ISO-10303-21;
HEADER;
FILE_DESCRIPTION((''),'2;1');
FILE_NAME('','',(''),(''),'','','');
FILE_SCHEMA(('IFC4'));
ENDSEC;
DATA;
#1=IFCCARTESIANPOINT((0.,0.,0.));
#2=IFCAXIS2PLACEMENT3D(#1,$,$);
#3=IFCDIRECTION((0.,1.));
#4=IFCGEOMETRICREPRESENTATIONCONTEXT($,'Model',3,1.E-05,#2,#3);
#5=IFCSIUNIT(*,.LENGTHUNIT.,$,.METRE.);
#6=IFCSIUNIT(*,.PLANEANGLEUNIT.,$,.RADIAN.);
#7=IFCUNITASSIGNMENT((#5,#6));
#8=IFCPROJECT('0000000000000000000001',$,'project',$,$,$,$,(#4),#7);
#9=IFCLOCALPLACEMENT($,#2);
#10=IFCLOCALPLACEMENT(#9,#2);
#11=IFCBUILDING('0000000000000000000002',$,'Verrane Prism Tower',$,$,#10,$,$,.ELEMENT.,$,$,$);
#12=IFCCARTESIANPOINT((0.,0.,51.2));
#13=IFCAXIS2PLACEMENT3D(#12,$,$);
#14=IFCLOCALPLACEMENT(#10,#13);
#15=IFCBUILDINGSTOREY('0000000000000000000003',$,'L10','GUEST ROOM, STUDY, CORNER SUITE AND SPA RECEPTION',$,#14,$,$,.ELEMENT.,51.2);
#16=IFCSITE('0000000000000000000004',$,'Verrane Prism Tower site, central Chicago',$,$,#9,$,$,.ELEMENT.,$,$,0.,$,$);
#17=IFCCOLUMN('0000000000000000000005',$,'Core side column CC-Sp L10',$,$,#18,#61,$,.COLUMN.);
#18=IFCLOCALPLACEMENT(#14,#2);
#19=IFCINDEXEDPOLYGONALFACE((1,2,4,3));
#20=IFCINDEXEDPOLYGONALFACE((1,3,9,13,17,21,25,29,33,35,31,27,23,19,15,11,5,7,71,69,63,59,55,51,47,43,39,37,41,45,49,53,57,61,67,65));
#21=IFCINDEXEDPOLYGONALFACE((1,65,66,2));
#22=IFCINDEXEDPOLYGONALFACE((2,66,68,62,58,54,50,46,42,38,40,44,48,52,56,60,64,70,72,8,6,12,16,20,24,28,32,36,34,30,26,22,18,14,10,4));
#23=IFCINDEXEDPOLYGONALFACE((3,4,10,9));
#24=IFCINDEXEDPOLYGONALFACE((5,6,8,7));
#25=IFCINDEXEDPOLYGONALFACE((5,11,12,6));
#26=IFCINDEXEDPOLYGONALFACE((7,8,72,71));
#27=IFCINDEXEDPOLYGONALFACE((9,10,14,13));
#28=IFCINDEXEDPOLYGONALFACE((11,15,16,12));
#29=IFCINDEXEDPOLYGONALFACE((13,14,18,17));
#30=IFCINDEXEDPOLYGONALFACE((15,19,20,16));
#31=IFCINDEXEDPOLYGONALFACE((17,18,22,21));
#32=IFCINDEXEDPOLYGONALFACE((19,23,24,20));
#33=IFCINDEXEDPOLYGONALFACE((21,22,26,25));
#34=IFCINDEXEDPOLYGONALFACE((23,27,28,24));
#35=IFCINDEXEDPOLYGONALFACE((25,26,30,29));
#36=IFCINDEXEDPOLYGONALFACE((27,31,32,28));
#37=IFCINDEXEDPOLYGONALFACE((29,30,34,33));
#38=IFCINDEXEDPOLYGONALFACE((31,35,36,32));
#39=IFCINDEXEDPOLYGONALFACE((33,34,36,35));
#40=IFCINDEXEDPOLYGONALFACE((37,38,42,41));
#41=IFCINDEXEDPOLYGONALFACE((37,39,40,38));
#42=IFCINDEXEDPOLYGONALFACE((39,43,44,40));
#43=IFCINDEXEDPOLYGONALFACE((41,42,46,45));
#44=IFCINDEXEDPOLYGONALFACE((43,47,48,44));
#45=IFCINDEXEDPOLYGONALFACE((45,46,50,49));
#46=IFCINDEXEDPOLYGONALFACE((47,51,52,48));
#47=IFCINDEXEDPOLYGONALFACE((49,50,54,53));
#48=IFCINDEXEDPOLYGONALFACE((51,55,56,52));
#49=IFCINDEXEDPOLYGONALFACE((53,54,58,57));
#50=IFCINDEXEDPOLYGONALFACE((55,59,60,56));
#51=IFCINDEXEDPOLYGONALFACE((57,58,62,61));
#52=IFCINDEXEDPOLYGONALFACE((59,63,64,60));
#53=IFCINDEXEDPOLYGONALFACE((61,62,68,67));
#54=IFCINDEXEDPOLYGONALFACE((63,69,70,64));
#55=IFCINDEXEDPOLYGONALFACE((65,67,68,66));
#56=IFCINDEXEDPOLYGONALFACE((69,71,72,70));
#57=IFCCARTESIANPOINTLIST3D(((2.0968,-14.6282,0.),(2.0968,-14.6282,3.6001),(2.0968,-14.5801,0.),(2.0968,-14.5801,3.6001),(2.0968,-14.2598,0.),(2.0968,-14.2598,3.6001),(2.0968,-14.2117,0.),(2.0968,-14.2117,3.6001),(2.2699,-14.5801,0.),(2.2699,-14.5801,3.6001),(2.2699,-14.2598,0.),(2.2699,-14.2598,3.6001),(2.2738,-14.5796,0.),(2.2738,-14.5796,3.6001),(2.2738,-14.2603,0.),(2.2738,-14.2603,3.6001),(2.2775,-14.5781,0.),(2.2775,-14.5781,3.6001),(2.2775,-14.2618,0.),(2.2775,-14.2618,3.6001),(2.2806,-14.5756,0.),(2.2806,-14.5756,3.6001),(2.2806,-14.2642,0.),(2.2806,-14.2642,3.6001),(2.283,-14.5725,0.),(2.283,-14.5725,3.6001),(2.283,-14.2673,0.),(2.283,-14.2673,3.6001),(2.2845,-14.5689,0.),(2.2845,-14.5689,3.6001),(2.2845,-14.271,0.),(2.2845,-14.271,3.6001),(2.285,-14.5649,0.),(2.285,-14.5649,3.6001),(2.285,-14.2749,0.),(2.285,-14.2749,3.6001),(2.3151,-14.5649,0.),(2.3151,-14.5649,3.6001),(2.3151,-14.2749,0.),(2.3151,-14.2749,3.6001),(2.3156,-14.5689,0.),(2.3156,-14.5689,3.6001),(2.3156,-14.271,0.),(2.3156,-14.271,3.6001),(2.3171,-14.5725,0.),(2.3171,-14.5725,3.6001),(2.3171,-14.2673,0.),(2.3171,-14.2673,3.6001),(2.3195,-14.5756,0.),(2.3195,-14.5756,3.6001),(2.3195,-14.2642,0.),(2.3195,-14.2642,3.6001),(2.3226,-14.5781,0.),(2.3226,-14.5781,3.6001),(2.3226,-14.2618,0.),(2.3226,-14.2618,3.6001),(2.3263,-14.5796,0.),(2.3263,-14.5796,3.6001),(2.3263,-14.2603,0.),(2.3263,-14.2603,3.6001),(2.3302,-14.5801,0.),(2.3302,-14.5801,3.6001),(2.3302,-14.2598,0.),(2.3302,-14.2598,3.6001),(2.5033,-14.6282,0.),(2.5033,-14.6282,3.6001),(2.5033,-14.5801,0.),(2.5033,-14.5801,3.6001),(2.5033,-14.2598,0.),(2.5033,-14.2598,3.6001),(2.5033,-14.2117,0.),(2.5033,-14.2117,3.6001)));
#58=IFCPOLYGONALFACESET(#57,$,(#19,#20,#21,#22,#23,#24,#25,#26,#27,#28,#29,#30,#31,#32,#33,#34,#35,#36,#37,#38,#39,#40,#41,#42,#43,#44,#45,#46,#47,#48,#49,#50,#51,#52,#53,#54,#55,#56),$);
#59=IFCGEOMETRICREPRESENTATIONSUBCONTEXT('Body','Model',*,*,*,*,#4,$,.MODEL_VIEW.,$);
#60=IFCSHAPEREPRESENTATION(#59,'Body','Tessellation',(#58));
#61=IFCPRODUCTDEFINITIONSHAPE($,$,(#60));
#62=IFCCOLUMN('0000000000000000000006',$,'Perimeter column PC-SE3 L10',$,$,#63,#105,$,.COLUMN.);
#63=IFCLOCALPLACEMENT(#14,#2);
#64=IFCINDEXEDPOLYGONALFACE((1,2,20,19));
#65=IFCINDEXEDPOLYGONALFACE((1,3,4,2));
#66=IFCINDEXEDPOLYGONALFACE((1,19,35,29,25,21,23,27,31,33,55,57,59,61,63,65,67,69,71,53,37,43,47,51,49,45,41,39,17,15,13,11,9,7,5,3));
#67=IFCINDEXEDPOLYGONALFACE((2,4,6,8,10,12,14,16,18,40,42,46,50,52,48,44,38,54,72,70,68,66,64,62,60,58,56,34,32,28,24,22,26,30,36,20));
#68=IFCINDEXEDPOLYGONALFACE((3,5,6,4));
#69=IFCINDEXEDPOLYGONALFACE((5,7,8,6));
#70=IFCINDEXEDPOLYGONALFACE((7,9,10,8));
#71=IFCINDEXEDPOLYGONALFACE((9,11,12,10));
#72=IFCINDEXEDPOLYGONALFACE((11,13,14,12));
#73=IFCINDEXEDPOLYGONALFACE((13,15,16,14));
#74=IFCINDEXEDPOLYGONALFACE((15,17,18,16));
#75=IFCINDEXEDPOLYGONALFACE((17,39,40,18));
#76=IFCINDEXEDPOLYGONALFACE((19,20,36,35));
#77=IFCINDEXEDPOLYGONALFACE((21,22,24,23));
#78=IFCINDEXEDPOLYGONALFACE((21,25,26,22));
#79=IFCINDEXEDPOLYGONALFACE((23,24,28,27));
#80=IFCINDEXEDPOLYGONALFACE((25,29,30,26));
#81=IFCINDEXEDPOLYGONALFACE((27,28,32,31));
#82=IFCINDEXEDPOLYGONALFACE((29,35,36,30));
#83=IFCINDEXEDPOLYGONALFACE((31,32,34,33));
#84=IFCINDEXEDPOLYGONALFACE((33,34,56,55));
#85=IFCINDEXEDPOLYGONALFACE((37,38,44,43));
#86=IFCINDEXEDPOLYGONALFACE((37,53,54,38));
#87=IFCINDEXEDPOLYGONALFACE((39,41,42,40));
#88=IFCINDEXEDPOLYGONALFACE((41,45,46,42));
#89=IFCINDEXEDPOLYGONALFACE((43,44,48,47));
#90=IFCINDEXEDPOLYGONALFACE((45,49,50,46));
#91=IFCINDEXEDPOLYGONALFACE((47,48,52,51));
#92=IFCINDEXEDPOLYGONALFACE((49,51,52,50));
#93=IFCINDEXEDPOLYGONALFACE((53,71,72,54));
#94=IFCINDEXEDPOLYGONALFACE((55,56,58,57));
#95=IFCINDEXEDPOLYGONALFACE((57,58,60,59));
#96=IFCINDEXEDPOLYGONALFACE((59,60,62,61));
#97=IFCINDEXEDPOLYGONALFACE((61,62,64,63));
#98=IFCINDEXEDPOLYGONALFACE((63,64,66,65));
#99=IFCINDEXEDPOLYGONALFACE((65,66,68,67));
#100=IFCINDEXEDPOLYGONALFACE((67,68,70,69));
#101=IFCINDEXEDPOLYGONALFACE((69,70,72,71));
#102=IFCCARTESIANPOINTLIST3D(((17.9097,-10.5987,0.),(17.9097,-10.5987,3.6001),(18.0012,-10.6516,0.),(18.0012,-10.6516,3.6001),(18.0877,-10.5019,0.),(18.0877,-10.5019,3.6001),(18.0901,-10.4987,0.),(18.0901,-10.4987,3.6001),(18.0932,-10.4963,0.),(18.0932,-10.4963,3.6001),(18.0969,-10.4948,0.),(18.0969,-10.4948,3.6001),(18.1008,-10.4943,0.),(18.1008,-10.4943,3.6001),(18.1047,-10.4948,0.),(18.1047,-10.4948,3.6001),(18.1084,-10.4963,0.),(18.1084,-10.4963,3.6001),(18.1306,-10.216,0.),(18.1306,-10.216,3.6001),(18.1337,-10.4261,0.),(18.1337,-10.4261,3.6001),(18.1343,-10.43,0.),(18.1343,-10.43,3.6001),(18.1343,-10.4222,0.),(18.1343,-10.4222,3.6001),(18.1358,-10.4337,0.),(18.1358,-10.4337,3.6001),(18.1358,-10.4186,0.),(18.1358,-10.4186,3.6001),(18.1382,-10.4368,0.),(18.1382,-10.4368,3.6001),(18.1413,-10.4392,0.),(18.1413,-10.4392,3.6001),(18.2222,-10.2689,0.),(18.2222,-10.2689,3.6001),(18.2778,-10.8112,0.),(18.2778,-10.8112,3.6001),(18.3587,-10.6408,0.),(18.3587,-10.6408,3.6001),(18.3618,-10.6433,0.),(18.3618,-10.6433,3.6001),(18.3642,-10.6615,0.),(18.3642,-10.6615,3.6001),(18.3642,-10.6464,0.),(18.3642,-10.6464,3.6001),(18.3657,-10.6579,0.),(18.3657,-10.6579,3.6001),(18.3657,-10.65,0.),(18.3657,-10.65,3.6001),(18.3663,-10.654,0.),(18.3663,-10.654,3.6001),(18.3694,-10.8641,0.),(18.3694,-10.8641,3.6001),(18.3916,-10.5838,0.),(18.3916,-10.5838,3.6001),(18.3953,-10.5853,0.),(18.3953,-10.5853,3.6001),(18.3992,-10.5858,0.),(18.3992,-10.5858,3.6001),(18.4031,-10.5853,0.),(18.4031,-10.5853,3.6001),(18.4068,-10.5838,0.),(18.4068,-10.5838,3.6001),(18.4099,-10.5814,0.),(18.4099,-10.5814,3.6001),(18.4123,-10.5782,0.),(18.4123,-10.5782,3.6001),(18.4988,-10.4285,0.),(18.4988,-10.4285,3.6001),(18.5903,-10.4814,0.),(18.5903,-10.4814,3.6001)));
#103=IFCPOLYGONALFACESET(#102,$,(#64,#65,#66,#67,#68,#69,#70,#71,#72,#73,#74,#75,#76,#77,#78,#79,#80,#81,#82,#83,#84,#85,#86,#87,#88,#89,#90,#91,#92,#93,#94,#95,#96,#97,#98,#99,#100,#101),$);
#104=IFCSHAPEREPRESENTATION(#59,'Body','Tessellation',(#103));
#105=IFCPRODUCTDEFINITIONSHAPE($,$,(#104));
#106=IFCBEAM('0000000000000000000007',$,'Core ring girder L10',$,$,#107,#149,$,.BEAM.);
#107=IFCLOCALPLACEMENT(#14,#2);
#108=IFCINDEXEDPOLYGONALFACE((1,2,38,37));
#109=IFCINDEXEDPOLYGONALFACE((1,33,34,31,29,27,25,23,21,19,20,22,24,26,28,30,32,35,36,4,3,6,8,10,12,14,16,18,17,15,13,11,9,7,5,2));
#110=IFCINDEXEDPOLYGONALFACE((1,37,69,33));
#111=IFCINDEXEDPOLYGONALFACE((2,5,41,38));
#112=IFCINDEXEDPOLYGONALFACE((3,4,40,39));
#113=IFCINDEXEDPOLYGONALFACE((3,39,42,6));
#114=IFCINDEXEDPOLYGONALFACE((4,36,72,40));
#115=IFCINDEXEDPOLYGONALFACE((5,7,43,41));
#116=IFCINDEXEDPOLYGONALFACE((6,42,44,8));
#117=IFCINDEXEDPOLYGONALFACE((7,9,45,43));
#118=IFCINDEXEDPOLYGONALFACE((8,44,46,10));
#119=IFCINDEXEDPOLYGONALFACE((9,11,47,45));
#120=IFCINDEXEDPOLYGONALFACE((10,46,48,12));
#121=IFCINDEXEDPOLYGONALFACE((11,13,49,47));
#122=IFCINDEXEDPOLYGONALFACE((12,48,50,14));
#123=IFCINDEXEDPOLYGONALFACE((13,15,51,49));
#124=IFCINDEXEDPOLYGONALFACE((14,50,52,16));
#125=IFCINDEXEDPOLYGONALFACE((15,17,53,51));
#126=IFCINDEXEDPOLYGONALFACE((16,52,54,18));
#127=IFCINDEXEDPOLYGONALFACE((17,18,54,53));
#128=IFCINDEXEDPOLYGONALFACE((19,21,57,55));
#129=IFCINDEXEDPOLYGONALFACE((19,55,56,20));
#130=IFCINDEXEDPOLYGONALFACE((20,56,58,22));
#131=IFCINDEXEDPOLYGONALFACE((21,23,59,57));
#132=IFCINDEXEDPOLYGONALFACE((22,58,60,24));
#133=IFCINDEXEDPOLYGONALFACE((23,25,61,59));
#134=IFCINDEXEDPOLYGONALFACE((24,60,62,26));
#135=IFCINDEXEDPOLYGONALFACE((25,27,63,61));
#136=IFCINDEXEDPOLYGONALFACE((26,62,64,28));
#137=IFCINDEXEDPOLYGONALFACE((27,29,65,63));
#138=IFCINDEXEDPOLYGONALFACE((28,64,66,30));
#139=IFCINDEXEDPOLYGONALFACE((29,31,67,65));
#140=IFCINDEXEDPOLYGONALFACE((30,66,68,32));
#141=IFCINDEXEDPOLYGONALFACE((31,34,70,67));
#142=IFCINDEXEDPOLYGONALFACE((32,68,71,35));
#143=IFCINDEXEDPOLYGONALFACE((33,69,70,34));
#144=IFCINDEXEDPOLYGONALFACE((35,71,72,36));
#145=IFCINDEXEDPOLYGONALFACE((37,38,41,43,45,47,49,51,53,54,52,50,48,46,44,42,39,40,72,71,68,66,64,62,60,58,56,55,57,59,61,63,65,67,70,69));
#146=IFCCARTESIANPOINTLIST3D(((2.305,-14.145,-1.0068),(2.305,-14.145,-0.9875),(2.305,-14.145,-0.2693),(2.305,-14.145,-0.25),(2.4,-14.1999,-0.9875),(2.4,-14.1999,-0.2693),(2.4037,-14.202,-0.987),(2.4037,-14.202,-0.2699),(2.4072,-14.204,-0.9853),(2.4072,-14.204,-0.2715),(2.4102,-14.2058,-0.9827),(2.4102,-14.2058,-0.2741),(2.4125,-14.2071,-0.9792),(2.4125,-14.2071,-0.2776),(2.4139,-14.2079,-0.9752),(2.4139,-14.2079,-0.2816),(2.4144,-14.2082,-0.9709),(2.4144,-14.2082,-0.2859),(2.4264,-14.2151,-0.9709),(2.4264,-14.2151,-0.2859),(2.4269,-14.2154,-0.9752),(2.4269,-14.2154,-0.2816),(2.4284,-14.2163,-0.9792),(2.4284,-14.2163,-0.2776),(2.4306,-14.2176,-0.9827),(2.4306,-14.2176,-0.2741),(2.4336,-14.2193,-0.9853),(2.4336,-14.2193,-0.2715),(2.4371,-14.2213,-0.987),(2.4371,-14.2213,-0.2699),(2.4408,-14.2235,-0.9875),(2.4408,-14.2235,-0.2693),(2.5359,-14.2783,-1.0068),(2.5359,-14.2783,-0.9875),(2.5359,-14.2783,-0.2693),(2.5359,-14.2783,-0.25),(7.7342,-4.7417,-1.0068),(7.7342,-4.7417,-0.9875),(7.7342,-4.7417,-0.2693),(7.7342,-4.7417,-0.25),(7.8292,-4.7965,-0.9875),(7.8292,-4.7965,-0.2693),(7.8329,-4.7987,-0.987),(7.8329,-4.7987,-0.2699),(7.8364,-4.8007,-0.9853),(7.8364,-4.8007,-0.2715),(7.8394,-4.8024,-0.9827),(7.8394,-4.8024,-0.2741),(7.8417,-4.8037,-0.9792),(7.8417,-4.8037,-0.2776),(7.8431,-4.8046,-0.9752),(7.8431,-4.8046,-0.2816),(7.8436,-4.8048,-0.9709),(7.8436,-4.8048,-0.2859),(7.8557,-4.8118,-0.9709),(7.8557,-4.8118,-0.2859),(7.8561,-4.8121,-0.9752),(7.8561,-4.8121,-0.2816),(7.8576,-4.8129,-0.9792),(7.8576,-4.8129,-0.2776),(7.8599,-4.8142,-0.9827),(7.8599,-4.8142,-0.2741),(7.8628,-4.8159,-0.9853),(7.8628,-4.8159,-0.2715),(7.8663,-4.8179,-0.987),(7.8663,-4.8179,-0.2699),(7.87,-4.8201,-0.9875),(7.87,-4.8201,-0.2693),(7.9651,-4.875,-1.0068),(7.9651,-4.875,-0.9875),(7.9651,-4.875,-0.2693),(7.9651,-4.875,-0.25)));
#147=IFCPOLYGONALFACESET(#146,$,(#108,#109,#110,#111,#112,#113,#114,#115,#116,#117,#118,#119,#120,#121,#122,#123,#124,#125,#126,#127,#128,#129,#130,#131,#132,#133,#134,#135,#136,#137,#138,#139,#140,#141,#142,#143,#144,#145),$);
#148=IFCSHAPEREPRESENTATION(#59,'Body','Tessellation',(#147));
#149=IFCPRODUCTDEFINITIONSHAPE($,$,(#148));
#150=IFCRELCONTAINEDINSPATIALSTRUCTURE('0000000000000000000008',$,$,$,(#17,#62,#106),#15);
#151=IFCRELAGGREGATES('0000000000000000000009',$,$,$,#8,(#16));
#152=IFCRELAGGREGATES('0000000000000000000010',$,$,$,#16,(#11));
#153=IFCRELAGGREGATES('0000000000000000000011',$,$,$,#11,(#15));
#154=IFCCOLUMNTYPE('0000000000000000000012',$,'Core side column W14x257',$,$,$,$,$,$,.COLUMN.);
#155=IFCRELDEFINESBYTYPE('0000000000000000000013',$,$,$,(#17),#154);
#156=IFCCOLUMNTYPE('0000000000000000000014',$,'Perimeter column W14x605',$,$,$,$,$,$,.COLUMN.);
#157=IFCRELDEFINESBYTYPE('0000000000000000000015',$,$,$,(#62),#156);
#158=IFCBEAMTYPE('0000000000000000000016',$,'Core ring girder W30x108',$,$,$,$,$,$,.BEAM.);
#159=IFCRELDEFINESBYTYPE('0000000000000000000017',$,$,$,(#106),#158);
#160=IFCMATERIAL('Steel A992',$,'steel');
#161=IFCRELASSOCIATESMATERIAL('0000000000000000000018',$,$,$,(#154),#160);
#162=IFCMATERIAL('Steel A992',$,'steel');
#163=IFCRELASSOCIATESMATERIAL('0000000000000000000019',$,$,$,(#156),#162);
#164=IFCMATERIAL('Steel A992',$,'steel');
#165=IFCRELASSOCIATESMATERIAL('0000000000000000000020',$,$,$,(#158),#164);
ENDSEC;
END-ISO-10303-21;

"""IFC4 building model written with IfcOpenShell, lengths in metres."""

from ifc_helpers import new_model, si_unit, direction, frame, origin, origin_2d, place, context, subcontext, project, spatial, i_section, extrude, material, material_profile, profile_set, type_object, element, save


model = new_model("IFC4")

# Units and contexts
model_context = context("Model", 3, precision=1e-05, world=origin(), true_north=direction((0.0, 1.0)))
body_context = subcontext(model_context, "Body", "Model", "MODEL_VIEW")
ifc_project = project(units=[si_unit("LENGTHUNIT", "METRE"), si_unit("PLANEANGLEUNIT", "RADIAN")], contexts=[model_context])

# Site, building, storey
site_placement = place(None, origin())
site = spatial("IfcSite", under=ifc_project, at=site_placement, Name="Verrane Prism Tower site, central Chicago", CompositionType="ELEMENT", RefElevation=0.0)
building_placement = place(site_placement, origin())
building = spatial("IfcBuilding", under=site, at=building_placement, Name="Verrane Prism Tower", CompositionType="ELEMENT")
storey_placement = place(building_placement, frame((0.0, 0.0, 51.2)))
storey = spatial("IfcBuildingStorey", under=building, at=storey_placement, Name="L10", Description="GUEST ROOM, STUDY, CORNER SUITE AND SPA RECEPTION", CompositionType="ELEMENT", Elevation=51.2)

# Columns
ifc_material_1 = material(Name="Steel A992", Category="steel")
ifc_material_profile_1 = material_profile(ifc_material_1, i_section(OverallWidth=0.4065, OverallDepth=0.4165, WebThickness=0.03, FlangeThickness=0.0481, FilletRadius=0.0151, at=origin_2d()), Name="W14x257")
ifc_profile_set_1 = profile_set([ifc_material_profile_1], Name="Steel A992")
column_type_1 = type_object("IfcColumnType", Name="Core side column W14x257", PredefinedType="COLUMN", material=ifc_profile_set_1)
column_1_placement = place(storey_placement, frame((2.3, -14.4199, 0.0), z_axis=(0.0, 0.0, 1.0), x_axis=(1.0, 0.0, 0.0)))
element("IfcColumn", 1, at=column_1_placement, inside=storey, type_object=column_type_1, Name="Core side column CC-Sp L10", PredefinedType="COLUMN", context=body_context, shape_type="SweptSolid", body=[
    extrude(i_section(OverallWidth=0.4065, OverallDepth=0.4165, WebThickness=0.03, FlangeThickness=0.0481, FilletRadius=0.0151, at=origin_2d()), origin(), (0.0, 0.0, 1.0), 3.6001),
])
ifc_material_2 = material(Name="Steel A992", Category="steel")
ifc_material_profile_2 = material_profile(ifc_material_2, i_section(OverallWidth=0.4419, OverallDepth=0.5308, WebThickness=0.0659, FlangeThickness=0.1057, FilletRadius=0.0151, at=origin_2d()), Name="W14x605")
ifc_profile_set_2 = profile_set([ifc_material_profile_2], Name="Steel A992")
column_type_2 = type_object("IfcColumnType", Name="Perimeter column W14x605", PredefinedType="COLUMN", material=ifc_profile_set_2)
column_2_placement = place(storey_placement, frame((18.25, -10.54, 0.0), z_axis=(0.0, 0.0, 1.0), x_axis=(-0.5, -0.866025, 0.0)))
element("IfcColumn", 2, at=column_2_placement, inside=storey, type_object=column_type_2, Name="Perimeter column PC-SE3 L10", PredefinedType="COLUMN", context=body_context, shape_type="SweptSolid", body=[
    extrude(i_section(OverallWidth=0.4419, OverallDepth=0.5308, WebThickness=0.0659, FlangeThickness=0.1057, FilletRadius=0.0151, at=origin_2d()), origin(), (0.0, 0.0, 1.0), 3.6001),
])

# Beam
ifc_material_3 = material(Name="Steel A992", Category="steel")
ifc_material_profile_3 = material_profile(ifc_material_3, i_section(OverallWidth=0.2666, OverallDepth=0.7568, WebThickness=0.0139, FlangeThickness=0.0193, FilletRadius=0.0166, at=origin_2d()), Name="W30x108")
ifc_profile_set_3 = profile_set([ifc_material_profile_3], Name="Steel A992")
beam_type_1 = type_object("IfcBeamType", Name="Core ring girder W30x108", PredefinedType="BEAM", material=ifc_profile_set_3)
beam_1_placement = place(storey_placement, frame((2.4204, -14.2117, -0.6284), z_axis=(0.500013, 0.866018, 0.0), x_axis=(-0.866018, 0.500013, 0.0)))
element("IfcBeam", 3, at=beam_1_placement, inside=storey, type_object=beam_type_1, Name="Core ring girder L10", PredefinedType="BEAM", context=body_context, shape_type="SweptSolid", body=[
    extrude(i_section(OverallWidth=0.2666, OverallDepth=0.7568, WebThickness=0.0139, FlangeThickness=0.0193, FilletRadius=0.0166, at=origin_2d()), origin(), (0.0, 0.0, 1.0), 10.8582),
])

save(model, "model.ifc")
